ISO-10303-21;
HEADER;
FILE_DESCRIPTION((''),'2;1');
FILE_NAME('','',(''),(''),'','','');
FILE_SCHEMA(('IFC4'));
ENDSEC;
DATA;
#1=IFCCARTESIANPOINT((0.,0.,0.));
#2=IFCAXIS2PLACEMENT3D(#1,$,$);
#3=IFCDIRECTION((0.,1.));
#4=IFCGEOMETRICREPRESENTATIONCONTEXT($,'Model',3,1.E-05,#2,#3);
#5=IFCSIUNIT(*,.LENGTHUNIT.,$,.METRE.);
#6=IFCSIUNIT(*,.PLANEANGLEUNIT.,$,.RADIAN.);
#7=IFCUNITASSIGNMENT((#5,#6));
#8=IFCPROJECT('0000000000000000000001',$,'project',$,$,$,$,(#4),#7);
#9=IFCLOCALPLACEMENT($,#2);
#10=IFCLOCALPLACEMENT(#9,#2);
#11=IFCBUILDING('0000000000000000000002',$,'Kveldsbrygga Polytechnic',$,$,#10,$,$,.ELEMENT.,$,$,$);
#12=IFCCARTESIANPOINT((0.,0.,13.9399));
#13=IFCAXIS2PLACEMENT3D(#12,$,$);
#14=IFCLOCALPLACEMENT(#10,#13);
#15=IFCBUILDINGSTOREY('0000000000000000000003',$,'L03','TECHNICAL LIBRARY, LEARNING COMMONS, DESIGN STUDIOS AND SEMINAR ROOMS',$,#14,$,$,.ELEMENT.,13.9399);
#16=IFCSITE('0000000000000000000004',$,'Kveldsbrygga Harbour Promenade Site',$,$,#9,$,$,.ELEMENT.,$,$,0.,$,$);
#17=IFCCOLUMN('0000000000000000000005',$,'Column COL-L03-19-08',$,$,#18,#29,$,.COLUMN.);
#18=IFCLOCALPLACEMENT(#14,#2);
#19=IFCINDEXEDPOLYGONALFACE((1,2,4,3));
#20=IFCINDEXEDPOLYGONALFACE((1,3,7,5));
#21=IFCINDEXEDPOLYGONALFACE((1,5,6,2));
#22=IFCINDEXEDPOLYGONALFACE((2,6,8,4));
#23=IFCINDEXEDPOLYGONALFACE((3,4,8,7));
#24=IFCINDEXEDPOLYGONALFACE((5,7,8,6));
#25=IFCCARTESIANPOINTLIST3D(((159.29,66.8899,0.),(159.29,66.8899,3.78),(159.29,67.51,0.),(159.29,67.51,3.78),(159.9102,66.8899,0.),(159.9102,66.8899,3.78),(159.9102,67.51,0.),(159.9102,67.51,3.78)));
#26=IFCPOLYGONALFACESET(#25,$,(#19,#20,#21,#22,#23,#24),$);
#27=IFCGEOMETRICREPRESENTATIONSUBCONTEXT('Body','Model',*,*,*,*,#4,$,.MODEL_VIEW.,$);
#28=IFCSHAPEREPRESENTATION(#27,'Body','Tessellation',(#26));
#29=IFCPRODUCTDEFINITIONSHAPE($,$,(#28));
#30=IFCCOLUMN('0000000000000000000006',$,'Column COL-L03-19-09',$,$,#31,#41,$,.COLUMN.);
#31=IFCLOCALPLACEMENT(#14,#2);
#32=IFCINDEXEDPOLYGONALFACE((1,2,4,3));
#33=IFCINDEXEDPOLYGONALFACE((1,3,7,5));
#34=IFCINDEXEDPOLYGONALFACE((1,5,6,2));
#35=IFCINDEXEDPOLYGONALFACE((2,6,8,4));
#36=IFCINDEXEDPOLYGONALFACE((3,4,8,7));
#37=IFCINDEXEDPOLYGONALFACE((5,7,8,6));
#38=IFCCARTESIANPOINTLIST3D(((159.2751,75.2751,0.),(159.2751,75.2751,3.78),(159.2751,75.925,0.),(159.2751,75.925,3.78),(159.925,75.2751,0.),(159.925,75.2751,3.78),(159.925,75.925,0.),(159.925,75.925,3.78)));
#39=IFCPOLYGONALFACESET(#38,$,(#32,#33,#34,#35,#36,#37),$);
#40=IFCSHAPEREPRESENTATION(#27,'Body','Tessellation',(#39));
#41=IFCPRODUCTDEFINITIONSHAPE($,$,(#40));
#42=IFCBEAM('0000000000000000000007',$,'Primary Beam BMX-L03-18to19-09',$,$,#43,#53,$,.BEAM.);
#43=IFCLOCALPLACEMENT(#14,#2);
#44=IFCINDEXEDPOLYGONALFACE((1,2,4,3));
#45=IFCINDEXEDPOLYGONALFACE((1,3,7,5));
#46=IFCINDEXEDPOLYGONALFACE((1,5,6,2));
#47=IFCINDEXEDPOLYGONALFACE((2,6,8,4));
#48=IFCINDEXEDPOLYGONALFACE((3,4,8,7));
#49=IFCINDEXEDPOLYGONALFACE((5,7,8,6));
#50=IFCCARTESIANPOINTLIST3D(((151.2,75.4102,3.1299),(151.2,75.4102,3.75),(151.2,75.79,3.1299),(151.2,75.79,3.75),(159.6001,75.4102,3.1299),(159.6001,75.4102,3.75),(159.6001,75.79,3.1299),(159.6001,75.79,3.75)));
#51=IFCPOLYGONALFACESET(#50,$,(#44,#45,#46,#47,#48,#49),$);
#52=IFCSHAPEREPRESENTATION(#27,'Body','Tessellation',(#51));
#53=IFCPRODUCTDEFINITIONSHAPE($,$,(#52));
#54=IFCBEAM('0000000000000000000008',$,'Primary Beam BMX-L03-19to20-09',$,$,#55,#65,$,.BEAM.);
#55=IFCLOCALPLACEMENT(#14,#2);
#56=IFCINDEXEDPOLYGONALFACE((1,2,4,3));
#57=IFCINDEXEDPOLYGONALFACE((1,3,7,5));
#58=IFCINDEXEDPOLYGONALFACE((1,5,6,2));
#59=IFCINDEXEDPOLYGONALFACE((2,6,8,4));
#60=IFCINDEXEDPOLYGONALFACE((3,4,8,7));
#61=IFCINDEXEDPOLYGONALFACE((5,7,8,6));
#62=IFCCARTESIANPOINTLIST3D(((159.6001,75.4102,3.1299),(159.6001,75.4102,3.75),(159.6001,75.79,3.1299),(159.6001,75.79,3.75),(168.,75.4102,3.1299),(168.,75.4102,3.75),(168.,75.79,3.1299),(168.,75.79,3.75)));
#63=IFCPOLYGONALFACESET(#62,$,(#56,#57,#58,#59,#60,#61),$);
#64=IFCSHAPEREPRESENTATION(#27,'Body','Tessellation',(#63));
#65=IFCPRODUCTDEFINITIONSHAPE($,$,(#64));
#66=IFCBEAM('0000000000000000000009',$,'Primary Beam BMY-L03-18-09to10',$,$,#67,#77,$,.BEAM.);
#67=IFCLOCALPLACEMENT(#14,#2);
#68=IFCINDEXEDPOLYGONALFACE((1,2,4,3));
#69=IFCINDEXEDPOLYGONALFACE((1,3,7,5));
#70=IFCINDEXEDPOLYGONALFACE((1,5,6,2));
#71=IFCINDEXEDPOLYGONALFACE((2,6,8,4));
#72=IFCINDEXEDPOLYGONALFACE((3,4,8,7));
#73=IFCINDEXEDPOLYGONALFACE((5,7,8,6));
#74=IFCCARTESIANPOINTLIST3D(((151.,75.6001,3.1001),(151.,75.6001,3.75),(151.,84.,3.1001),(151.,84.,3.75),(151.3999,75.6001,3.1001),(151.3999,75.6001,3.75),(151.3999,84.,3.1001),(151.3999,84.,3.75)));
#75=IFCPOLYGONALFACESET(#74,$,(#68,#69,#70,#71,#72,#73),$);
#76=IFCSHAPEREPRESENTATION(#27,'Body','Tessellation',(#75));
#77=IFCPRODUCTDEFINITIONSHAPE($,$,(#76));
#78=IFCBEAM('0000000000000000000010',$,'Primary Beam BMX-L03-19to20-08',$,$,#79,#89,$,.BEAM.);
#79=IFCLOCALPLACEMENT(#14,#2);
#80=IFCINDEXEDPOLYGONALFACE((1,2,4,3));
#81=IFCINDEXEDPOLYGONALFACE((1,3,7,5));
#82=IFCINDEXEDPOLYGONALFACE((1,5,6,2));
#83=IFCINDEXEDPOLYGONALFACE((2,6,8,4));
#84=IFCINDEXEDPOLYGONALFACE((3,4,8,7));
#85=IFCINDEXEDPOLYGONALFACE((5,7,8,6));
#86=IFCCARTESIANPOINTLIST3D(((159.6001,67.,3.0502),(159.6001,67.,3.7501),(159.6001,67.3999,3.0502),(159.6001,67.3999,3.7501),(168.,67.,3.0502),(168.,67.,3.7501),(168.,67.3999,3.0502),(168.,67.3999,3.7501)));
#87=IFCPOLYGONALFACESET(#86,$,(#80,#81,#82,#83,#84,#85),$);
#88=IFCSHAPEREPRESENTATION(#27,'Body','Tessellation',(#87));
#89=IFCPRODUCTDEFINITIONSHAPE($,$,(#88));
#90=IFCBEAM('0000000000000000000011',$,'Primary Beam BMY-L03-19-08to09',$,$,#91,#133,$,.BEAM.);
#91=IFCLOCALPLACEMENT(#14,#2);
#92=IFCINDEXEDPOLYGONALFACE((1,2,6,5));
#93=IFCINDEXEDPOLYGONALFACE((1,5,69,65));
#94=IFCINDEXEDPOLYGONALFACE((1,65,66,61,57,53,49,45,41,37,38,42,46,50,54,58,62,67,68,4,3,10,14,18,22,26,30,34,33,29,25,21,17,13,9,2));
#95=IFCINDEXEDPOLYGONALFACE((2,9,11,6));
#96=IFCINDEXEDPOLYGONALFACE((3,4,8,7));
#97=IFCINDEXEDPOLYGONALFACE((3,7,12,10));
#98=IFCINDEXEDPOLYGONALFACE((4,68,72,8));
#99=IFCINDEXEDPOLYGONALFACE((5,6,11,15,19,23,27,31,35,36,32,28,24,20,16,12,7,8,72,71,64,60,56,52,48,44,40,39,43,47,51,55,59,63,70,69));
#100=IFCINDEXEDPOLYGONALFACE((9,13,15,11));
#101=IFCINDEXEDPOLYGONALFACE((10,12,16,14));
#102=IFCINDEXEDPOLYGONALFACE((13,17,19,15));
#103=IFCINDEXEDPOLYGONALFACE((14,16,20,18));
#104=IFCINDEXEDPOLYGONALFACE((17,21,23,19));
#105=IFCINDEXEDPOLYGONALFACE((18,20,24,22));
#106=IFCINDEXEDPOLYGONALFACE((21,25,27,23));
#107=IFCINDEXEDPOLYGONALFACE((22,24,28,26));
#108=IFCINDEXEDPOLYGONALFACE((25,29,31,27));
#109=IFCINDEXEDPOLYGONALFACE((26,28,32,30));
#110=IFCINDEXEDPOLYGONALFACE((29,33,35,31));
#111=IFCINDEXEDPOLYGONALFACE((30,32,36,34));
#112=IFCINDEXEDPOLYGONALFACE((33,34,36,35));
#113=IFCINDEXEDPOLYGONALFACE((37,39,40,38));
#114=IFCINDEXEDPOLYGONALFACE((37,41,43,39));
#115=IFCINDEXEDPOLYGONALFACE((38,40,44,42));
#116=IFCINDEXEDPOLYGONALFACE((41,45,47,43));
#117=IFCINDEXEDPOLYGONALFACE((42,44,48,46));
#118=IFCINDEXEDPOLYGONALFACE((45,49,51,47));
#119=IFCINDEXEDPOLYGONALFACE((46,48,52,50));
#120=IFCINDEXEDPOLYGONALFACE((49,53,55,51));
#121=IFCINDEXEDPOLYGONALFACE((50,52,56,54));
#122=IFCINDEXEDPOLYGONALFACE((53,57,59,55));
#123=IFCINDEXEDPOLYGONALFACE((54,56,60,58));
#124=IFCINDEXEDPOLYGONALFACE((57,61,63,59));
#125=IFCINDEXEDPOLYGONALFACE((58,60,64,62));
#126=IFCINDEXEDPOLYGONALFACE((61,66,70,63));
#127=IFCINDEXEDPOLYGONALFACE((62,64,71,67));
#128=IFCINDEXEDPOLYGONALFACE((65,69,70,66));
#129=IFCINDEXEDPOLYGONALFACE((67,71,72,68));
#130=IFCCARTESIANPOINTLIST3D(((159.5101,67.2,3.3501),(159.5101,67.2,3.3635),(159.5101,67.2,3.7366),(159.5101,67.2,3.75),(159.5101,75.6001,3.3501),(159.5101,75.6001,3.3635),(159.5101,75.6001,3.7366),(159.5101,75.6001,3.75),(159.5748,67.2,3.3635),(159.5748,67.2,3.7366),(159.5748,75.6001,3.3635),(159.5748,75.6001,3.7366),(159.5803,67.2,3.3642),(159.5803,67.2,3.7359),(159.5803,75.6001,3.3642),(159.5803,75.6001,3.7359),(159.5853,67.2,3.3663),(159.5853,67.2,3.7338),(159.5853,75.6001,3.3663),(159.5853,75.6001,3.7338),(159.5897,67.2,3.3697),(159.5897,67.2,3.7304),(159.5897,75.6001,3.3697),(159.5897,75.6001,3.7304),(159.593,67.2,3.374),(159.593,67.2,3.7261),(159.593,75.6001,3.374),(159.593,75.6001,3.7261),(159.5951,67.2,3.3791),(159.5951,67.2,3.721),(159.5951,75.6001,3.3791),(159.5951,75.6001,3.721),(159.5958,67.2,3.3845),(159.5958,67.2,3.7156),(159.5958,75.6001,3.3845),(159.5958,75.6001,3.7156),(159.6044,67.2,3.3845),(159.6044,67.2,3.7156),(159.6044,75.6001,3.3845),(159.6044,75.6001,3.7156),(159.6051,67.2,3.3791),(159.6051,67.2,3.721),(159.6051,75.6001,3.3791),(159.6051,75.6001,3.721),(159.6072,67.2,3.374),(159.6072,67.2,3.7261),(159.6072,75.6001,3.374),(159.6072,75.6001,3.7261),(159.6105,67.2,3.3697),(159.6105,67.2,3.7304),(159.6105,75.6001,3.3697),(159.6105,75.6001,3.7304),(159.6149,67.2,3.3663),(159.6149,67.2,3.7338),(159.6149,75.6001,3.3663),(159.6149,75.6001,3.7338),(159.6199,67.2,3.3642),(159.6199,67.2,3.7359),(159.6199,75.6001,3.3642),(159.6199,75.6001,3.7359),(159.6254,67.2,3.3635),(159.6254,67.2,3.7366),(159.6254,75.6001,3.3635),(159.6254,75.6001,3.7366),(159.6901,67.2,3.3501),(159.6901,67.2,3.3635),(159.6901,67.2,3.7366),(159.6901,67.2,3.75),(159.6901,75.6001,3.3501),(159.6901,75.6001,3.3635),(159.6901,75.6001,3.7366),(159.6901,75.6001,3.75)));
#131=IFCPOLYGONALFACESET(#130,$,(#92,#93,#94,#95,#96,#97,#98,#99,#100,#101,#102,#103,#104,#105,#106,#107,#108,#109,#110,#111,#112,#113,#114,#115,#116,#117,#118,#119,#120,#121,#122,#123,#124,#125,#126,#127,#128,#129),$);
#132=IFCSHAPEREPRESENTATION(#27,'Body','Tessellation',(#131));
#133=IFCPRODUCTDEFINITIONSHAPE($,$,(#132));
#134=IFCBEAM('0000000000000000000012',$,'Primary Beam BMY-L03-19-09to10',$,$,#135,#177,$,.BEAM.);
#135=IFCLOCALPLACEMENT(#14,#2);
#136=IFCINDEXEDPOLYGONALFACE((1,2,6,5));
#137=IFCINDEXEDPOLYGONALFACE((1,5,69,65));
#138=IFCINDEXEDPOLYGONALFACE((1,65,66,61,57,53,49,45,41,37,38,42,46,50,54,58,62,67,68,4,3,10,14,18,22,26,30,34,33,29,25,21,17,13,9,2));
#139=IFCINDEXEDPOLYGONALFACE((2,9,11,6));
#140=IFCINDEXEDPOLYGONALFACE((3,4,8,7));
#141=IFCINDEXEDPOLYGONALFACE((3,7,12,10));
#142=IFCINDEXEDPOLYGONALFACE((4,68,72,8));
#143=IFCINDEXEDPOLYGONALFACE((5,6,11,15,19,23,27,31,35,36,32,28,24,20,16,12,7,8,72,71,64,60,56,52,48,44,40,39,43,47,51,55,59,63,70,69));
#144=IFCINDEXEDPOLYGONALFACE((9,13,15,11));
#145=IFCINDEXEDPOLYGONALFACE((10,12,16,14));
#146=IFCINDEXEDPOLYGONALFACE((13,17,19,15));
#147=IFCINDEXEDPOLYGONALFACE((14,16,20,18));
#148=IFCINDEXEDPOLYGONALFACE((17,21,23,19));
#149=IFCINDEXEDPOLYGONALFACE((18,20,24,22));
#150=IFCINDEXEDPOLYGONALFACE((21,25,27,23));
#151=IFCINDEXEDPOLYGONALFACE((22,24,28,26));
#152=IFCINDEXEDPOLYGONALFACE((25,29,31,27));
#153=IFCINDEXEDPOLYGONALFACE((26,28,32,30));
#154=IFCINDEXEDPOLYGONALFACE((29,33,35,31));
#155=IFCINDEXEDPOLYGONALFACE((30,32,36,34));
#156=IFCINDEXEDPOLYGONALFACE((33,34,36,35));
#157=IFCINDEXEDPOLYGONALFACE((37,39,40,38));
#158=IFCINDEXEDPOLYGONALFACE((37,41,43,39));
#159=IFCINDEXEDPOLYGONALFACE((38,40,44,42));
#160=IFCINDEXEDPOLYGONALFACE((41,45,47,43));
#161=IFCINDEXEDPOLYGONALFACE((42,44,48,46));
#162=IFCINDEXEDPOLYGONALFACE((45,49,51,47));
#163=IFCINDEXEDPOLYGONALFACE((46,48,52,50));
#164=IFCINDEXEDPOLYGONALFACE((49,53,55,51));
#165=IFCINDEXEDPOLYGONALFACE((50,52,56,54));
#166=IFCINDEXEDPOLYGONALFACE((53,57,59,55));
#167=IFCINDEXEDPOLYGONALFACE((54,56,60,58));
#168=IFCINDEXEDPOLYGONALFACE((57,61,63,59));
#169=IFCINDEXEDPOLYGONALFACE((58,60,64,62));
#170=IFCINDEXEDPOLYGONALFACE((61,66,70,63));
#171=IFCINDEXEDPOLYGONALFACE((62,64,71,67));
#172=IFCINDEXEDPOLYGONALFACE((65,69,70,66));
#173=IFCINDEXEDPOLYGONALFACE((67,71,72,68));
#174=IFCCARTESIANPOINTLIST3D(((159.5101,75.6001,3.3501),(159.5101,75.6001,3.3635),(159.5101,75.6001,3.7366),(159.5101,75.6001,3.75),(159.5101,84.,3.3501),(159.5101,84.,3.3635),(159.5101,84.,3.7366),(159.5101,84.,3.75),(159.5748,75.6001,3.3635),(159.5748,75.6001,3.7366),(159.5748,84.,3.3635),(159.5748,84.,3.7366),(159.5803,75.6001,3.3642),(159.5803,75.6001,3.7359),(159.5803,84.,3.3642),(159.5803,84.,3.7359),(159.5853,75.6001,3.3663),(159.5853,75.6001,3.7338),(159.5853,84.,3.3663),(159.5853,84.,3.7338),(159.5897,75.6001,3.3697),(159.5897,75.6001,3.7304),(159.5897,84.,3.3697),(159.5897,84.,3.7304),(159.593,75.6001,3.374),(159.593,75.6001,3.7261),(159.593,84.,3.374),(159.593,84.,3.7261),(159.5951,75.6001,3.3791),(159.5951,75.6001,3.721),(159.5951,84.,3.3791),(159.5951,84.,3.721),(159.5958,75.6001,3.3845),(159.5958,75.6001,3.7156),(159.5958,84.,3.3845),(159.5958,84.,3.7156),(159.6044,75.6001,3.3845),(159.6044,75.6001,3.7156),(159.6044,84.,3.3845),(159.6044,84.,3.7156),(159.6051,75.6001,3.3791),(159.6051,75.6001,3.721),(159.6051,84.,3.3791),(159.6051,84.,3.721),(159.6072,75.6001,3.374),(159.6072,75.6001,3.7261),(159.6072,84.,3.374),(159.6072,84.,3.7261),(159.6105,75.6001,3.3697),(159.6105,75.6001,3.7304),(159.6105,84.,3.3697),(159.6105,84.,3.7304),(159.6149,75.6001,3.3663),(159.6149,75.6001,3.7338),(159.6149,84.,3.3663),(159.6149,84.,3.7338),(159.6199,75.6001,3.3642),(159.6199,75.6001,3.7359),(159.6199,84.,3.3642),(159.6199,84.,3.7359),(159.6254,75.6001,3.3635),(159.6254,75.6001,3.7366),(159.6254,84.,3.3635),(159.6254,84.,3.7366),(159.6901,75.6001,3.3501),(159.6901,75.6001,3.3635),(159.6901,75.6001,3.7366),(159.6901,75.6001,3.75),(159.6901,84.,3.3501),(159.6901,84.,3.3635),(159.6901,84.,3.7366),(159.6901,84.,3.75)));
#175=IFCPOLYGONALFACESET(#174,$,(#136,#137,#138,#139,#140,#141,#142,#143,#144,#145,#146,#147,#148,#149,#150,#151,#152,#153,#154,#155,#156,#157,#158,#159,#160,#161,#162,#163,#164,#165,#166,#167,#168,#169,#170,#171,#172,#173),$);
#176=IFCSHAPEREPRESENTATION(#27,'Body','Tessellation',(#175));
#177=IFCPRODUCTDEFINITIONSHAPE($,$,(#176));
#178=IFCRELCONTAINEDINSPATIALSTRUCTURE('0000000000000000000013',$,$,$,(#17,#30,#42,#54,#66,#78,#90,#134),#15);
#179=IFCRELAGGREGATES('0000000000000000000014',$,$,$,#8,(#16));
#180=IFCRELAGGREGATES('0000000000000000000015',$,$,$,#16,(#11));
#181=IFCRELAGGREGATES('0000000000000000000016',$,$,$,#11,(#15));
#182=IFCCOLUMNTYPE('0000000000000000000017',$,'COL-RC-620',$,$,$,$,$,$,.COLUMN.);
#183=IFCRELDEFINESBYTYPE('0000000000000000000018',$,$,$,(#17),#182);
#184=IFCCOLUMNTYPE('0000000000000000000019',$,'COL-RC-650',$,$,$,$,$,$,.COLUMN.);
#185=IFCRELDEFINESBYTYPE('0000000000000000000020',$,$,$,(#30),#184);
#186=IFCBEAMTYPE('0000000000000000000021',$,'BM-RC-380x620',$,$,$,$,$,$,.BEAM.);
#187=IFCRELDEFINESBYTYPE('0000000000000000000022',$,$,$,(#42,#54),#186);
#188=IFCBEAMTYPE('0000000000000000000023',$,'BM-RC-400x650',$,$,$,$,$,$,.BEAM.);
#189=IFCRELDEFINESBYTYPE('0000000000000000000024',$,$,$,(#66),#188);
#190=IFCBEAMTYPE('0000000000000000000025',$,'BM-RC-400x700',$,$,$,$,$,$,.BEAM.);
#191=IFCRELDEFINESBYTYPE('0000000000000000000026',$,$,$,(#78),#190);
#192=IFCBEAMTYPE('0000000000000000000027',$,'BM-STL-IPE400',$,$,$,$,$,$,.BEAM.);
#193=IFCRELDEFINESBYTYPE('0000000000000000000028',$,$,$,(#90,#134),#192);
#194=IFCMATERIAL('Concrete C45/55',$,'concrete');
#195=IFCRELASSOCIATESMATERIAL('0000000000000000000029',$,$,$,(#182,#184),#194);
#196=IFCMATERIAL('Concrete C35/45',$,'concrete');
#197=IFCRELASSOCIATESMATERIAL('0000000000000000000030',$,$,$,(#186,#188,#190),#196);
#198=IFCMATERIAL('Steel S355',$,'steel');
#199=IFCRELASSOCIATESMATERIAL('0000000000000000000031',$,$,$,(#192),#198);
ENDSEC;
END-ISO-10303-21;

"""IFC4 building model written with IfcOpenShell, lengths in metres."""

from ifc_helpers import new_model, si_unit, direction, frame, origin, origin_2d, place, context, subcontext, project, spatial, rectangle, i_section, extrude, material, material_profile, profile_set, type_object, element, save


model = new_model("IFC4")

# Units and contexts
model_context = context("Model", 3, precision=1e-05, world=origin(), true_north=direction((0.0, 1.0)))
body_context = subcontext(model_context, "Body", "Model", "MODEL_VIEW")
ifc_project = project(units=[si_unit("LENGTHUNIT", "METRE"), si_unit("PLANEANGLEUNIT", "RADIAN")], contexts=[model_context])

# Site, building, storey
site_placement = place(None, origin())
site = spatial("IfcSite", under=ifc_project, at=site_placement, Name="Kveldsbrygga Harbour Promenade Site", CompositionType="ELEMENT", RefElevation=0.0)
building_placement = place(site_placement, origin())
building = spatial("IfcBuilding", under=site, at=building_placement, Name="Kveldsbrygga Polytechnic", CompositionType="ELEMENT")
storey_placement = place(building_placement, frame((0.0, 0.0, 13.9399)))
storey = spatial("IfcBuildingStorey", under=building, at=storey_placement, Name="L03", Description="TECHNICAL LIBRARY, LEARNING COMMONS, DESIGN STUDIOS AND SEMINAR ROOMS", CompositionType="ELEMENT", Elevation=13.9399)

# Columns
ifc_material_1 = material(Name="Concrete C45/55", Category="concrete")
ifc_material_profile_1 = material_profile(ifc_material_1, rectangle(XDim=0.6201, YDim=0.6201, at=origin_2d()), Name="RC 620x620")
ifc_profile_set_1 = profile_set([ifc_material_profile_1], Name="Concrete C45/55")
column_type_1 = type_object("IfcColumnType", Name="COL-RC-620", PredefinedType="COLUMN", material=ifc_profile_set_1)
column_1_placement = place(storey_placement, frame((159.6001, 67.2, 0.0), z_axis=(0.0, 0.0, 1.0), x_axis=(1.0, 0.0, 0.0)))
element("IfcColumn", 1, at=column_1_placement, inside=storey, type_object=column_type_1, Name="Column COL-L03-19-08", PredefinedType="COLUMN", context=body_context, shape_type="SweptSolid", body=[
    extrude(rectangle(XDim=0.6201, YDim=0.6201, at=origin_2d()), origin(), (0.0, 0.0, 1.0), 3.78),
])
ifc_material_profile_2 = material_profile(ifc_material_1, rectangle(XDim=0.6499, YDim=0.6499, at=origin_2d()), Name="RC 650x650")
ifc_profile_set_2 = profile_set([ifc_material_profile_2], Name="Concrete C45/55")
column_type_2 = type_object("IfcColumnType", Name="COL-RC-650", PredefinedType="COLUMN", material=ifc_profile_set_2)
column_2_placement = place(storey_placement, frame((159.6001, 75.6001, 0.0), z_axis=(0.0, 0.0, 1.0), x_axis=(1.0, 0.0, 0.0)))
element("IfcColumn", 2, at=column_2_placement, inside=storey, type_object=column_type_2, Name="Column COL-L03-19-09", PredefinedType="COLUMN", context=body_context, shape_type="SweptSolid", body=[
    extrude(rectangle(XDim=0.6499, YDim=0.6499, at=origin_2d()), origin(), (0.0, 0.0, 1.0), 3.78),
])

# Beams
ifc_material_2 = material(Name="Concrete C35/45", Category="concrete")
ifc_material_profile_3 = material_profile(ifc_material_2, rectangle(XDim=0.3799, YDim=0.6201, at=origin_2d()), Name="RC 380x620")
ifc_profile_set_3 = profile_set([ifc_material_profile_3], Name="Concrete C35/45")
beam_type_1 = type_object("IfcBeamType", Name="BM-RC-380x620", PredefinedType="BEAM", material=ifc_profile_set_3)
beam_1_placement = place(storey_placement, frame((151.2, 75.6001, 3.4399), z_axis=(1.0, 0.0, 0.0), x_axis=(0.0, 1.0, 0.0)))
element("IfcBeam", 3, at=beam_1_placement, inside=storey, type_object=beam_type_1, Name="Primary Beam BMX-L03-18to19-09", PredefinedType="BEAM", context=body_context, shape_type="SweptSolid", body=[
    extrude(rectangle(XDim=0.3799, YDim=0.6201, at=origin_2d()), origin(), (0.0, 0.0, 1.0), 8.4001),
])
beam_2_placement = place(storey_placement, frame((159.6001, 75.6001, 3.4399), z_axis=(1.0, 0.0, 0.0), x_axis=(0.0, 1.0, 0.0)))
element("IfcBeam", 4, at=beam_2_placement, inside=storey, type_object=beam_type_1, Name="Primary Beam BMX-L03-19to20-09", PredefinedType="BEAM", context=body_context, shape_type="SweptSolid", body=[
    extrude(rectangle(XDim=0.3799, YDim=0.6201, at=origin_2d()), origin(), (0.0, 0.0, 1.0), 8.3999),
])
ifc_material_profile_4 = material_profile(ifc_material_2, rectangle(XDim=0.3999, YDim=0.6499, at=origin_2d()), Name="RC 400x650")
ifc_profile_set_4 = profile_set([ifc_material_profile_4], Name="Concrete C35/45")
beam_type_2 = type_object("IfcBeamType", Name="BM-RC-400x650", PredefinedType="BEAM", material=ifc_profile_set_4)
beam_3_placement = place(storey_placement, frame((151.2, 75.6001, 3.425), z_axis=(0.0, 1.0, 0.0), x_axis=(-1.0, 0.0, 0.0)))
element("IfcBeam", 5, at=beam_3_placement, inside=storey, type_object=beam_type_2, Name="Primary Beam BMY-L03-18-09to10", PredefinedType="BEAM", context=body_context, shape_type="SweptSolid", body=[
    extrude(rectangle(XDim=0.3999, YDim=0.6499, at=origin_2d()), origin(), (0.0, 0.0, 1.0), 8.3999),
])
ifc_material_profile_5 = material_profile(ifc_material_2, rectangle(XDim=0.3999, YDim=0.7, at=origin_2d()), Name="RC 400x700")
ifc_profile_set_5 = profile_set([ifc_material_profile_5], Name="Concrete C35/45")
beam_type_3 = type_object("IfcBeamType", Name="BM-RC-400x700", PredefinedType="BEAM", material=ifc_profile_set_5)
beam_4_placement = place(storey_placement, frame((159.6001, 67.2, 3.4001), z_axis=(1.0, 0.0, 0.0), x_axis=(0.0, 1.0, 0.0)))
element("IfcBeam", 6, at=beam_4_placement, inside=storey, type_object=beam_type_3, Name="Primary Beam BMX-L03-19to20-08", PredefinedType="BEAM", context=body_context, shape_type="SweptSolid", body=[
    extrude(rectangle(XDim=0.3999, YDim=0.7, at=origin_2d()), origin(), (0.0, 0.0, 1.0), 8.3999),
])
ifc_material_3 = material(Name="Steel S355", Category="steel")
ifc_material_profile_6 = material_profile(ifc_material_3, i_section(OverallWidth=0.1799, OverallDepth=0.3999, WebThickness=0.0085, FlangeThickness=0.0134, FilletRadius=0.021, at=origin_2d()), Name="IPE 400")
ifc_profile_set_6 = profile_set([ifc_material_profile_6], Name="Steel S355")
beam_type_4 = type_object("IfcBeamType", Name="BM-STL-IPE400", PredefinedType="BEAM", material=ifc_profile_set_6)
beam_5_placement = place(storey_placement, frame((159.6001, 67.2, 3.55), z_axis=(0.0, 1.0, 0.0), x_axis=(-1.0, 0.0, 0.0)))
element("IfcBeam", 7, at=beam_5_placement, inside=storey, type_object=beam_type_4, Name="Primary Beam BMY-L03-19-08to09", PredefinedType="BEAM", context=body_context, shape_type="SweptSolid", body=[
    extrude(i_section(OverallWidth=0.1799, OverallDepth=0.3999, WebThickness=0.0085, FlangeThickness=0.0134, FilletRadius=0.021, at=origin_2d()), origin(), (0.0, 0.0, 1.0), 8.4001),
])
beam_6_placement = place(storey_placement, frame((159.6001, 75.6001, 3.55), z_axis=(0.0, 1.0, 0.0), x_axis=(-1.0, 0.0, 0.0)))
element("IfcBeam", 8, at=beam_6_placement, inside=storey, type_object=beam_type_4, Name="Primary Beam BMY-L03-19-09to10", PredefinedType="BEAM", context=body_context, shape_type="SweptSolid", body=[
    extrude(i_section(OverallWidth=0.1799, OverallDepth=0.3999, WebThickness=0.0085, FlangeThickness=0.0134, FilletRadius=0.021, at=origin_2d()), origin(), (0.0, 0.0, 1.0), 8.3999),
])

save(model, "model.ifc")
